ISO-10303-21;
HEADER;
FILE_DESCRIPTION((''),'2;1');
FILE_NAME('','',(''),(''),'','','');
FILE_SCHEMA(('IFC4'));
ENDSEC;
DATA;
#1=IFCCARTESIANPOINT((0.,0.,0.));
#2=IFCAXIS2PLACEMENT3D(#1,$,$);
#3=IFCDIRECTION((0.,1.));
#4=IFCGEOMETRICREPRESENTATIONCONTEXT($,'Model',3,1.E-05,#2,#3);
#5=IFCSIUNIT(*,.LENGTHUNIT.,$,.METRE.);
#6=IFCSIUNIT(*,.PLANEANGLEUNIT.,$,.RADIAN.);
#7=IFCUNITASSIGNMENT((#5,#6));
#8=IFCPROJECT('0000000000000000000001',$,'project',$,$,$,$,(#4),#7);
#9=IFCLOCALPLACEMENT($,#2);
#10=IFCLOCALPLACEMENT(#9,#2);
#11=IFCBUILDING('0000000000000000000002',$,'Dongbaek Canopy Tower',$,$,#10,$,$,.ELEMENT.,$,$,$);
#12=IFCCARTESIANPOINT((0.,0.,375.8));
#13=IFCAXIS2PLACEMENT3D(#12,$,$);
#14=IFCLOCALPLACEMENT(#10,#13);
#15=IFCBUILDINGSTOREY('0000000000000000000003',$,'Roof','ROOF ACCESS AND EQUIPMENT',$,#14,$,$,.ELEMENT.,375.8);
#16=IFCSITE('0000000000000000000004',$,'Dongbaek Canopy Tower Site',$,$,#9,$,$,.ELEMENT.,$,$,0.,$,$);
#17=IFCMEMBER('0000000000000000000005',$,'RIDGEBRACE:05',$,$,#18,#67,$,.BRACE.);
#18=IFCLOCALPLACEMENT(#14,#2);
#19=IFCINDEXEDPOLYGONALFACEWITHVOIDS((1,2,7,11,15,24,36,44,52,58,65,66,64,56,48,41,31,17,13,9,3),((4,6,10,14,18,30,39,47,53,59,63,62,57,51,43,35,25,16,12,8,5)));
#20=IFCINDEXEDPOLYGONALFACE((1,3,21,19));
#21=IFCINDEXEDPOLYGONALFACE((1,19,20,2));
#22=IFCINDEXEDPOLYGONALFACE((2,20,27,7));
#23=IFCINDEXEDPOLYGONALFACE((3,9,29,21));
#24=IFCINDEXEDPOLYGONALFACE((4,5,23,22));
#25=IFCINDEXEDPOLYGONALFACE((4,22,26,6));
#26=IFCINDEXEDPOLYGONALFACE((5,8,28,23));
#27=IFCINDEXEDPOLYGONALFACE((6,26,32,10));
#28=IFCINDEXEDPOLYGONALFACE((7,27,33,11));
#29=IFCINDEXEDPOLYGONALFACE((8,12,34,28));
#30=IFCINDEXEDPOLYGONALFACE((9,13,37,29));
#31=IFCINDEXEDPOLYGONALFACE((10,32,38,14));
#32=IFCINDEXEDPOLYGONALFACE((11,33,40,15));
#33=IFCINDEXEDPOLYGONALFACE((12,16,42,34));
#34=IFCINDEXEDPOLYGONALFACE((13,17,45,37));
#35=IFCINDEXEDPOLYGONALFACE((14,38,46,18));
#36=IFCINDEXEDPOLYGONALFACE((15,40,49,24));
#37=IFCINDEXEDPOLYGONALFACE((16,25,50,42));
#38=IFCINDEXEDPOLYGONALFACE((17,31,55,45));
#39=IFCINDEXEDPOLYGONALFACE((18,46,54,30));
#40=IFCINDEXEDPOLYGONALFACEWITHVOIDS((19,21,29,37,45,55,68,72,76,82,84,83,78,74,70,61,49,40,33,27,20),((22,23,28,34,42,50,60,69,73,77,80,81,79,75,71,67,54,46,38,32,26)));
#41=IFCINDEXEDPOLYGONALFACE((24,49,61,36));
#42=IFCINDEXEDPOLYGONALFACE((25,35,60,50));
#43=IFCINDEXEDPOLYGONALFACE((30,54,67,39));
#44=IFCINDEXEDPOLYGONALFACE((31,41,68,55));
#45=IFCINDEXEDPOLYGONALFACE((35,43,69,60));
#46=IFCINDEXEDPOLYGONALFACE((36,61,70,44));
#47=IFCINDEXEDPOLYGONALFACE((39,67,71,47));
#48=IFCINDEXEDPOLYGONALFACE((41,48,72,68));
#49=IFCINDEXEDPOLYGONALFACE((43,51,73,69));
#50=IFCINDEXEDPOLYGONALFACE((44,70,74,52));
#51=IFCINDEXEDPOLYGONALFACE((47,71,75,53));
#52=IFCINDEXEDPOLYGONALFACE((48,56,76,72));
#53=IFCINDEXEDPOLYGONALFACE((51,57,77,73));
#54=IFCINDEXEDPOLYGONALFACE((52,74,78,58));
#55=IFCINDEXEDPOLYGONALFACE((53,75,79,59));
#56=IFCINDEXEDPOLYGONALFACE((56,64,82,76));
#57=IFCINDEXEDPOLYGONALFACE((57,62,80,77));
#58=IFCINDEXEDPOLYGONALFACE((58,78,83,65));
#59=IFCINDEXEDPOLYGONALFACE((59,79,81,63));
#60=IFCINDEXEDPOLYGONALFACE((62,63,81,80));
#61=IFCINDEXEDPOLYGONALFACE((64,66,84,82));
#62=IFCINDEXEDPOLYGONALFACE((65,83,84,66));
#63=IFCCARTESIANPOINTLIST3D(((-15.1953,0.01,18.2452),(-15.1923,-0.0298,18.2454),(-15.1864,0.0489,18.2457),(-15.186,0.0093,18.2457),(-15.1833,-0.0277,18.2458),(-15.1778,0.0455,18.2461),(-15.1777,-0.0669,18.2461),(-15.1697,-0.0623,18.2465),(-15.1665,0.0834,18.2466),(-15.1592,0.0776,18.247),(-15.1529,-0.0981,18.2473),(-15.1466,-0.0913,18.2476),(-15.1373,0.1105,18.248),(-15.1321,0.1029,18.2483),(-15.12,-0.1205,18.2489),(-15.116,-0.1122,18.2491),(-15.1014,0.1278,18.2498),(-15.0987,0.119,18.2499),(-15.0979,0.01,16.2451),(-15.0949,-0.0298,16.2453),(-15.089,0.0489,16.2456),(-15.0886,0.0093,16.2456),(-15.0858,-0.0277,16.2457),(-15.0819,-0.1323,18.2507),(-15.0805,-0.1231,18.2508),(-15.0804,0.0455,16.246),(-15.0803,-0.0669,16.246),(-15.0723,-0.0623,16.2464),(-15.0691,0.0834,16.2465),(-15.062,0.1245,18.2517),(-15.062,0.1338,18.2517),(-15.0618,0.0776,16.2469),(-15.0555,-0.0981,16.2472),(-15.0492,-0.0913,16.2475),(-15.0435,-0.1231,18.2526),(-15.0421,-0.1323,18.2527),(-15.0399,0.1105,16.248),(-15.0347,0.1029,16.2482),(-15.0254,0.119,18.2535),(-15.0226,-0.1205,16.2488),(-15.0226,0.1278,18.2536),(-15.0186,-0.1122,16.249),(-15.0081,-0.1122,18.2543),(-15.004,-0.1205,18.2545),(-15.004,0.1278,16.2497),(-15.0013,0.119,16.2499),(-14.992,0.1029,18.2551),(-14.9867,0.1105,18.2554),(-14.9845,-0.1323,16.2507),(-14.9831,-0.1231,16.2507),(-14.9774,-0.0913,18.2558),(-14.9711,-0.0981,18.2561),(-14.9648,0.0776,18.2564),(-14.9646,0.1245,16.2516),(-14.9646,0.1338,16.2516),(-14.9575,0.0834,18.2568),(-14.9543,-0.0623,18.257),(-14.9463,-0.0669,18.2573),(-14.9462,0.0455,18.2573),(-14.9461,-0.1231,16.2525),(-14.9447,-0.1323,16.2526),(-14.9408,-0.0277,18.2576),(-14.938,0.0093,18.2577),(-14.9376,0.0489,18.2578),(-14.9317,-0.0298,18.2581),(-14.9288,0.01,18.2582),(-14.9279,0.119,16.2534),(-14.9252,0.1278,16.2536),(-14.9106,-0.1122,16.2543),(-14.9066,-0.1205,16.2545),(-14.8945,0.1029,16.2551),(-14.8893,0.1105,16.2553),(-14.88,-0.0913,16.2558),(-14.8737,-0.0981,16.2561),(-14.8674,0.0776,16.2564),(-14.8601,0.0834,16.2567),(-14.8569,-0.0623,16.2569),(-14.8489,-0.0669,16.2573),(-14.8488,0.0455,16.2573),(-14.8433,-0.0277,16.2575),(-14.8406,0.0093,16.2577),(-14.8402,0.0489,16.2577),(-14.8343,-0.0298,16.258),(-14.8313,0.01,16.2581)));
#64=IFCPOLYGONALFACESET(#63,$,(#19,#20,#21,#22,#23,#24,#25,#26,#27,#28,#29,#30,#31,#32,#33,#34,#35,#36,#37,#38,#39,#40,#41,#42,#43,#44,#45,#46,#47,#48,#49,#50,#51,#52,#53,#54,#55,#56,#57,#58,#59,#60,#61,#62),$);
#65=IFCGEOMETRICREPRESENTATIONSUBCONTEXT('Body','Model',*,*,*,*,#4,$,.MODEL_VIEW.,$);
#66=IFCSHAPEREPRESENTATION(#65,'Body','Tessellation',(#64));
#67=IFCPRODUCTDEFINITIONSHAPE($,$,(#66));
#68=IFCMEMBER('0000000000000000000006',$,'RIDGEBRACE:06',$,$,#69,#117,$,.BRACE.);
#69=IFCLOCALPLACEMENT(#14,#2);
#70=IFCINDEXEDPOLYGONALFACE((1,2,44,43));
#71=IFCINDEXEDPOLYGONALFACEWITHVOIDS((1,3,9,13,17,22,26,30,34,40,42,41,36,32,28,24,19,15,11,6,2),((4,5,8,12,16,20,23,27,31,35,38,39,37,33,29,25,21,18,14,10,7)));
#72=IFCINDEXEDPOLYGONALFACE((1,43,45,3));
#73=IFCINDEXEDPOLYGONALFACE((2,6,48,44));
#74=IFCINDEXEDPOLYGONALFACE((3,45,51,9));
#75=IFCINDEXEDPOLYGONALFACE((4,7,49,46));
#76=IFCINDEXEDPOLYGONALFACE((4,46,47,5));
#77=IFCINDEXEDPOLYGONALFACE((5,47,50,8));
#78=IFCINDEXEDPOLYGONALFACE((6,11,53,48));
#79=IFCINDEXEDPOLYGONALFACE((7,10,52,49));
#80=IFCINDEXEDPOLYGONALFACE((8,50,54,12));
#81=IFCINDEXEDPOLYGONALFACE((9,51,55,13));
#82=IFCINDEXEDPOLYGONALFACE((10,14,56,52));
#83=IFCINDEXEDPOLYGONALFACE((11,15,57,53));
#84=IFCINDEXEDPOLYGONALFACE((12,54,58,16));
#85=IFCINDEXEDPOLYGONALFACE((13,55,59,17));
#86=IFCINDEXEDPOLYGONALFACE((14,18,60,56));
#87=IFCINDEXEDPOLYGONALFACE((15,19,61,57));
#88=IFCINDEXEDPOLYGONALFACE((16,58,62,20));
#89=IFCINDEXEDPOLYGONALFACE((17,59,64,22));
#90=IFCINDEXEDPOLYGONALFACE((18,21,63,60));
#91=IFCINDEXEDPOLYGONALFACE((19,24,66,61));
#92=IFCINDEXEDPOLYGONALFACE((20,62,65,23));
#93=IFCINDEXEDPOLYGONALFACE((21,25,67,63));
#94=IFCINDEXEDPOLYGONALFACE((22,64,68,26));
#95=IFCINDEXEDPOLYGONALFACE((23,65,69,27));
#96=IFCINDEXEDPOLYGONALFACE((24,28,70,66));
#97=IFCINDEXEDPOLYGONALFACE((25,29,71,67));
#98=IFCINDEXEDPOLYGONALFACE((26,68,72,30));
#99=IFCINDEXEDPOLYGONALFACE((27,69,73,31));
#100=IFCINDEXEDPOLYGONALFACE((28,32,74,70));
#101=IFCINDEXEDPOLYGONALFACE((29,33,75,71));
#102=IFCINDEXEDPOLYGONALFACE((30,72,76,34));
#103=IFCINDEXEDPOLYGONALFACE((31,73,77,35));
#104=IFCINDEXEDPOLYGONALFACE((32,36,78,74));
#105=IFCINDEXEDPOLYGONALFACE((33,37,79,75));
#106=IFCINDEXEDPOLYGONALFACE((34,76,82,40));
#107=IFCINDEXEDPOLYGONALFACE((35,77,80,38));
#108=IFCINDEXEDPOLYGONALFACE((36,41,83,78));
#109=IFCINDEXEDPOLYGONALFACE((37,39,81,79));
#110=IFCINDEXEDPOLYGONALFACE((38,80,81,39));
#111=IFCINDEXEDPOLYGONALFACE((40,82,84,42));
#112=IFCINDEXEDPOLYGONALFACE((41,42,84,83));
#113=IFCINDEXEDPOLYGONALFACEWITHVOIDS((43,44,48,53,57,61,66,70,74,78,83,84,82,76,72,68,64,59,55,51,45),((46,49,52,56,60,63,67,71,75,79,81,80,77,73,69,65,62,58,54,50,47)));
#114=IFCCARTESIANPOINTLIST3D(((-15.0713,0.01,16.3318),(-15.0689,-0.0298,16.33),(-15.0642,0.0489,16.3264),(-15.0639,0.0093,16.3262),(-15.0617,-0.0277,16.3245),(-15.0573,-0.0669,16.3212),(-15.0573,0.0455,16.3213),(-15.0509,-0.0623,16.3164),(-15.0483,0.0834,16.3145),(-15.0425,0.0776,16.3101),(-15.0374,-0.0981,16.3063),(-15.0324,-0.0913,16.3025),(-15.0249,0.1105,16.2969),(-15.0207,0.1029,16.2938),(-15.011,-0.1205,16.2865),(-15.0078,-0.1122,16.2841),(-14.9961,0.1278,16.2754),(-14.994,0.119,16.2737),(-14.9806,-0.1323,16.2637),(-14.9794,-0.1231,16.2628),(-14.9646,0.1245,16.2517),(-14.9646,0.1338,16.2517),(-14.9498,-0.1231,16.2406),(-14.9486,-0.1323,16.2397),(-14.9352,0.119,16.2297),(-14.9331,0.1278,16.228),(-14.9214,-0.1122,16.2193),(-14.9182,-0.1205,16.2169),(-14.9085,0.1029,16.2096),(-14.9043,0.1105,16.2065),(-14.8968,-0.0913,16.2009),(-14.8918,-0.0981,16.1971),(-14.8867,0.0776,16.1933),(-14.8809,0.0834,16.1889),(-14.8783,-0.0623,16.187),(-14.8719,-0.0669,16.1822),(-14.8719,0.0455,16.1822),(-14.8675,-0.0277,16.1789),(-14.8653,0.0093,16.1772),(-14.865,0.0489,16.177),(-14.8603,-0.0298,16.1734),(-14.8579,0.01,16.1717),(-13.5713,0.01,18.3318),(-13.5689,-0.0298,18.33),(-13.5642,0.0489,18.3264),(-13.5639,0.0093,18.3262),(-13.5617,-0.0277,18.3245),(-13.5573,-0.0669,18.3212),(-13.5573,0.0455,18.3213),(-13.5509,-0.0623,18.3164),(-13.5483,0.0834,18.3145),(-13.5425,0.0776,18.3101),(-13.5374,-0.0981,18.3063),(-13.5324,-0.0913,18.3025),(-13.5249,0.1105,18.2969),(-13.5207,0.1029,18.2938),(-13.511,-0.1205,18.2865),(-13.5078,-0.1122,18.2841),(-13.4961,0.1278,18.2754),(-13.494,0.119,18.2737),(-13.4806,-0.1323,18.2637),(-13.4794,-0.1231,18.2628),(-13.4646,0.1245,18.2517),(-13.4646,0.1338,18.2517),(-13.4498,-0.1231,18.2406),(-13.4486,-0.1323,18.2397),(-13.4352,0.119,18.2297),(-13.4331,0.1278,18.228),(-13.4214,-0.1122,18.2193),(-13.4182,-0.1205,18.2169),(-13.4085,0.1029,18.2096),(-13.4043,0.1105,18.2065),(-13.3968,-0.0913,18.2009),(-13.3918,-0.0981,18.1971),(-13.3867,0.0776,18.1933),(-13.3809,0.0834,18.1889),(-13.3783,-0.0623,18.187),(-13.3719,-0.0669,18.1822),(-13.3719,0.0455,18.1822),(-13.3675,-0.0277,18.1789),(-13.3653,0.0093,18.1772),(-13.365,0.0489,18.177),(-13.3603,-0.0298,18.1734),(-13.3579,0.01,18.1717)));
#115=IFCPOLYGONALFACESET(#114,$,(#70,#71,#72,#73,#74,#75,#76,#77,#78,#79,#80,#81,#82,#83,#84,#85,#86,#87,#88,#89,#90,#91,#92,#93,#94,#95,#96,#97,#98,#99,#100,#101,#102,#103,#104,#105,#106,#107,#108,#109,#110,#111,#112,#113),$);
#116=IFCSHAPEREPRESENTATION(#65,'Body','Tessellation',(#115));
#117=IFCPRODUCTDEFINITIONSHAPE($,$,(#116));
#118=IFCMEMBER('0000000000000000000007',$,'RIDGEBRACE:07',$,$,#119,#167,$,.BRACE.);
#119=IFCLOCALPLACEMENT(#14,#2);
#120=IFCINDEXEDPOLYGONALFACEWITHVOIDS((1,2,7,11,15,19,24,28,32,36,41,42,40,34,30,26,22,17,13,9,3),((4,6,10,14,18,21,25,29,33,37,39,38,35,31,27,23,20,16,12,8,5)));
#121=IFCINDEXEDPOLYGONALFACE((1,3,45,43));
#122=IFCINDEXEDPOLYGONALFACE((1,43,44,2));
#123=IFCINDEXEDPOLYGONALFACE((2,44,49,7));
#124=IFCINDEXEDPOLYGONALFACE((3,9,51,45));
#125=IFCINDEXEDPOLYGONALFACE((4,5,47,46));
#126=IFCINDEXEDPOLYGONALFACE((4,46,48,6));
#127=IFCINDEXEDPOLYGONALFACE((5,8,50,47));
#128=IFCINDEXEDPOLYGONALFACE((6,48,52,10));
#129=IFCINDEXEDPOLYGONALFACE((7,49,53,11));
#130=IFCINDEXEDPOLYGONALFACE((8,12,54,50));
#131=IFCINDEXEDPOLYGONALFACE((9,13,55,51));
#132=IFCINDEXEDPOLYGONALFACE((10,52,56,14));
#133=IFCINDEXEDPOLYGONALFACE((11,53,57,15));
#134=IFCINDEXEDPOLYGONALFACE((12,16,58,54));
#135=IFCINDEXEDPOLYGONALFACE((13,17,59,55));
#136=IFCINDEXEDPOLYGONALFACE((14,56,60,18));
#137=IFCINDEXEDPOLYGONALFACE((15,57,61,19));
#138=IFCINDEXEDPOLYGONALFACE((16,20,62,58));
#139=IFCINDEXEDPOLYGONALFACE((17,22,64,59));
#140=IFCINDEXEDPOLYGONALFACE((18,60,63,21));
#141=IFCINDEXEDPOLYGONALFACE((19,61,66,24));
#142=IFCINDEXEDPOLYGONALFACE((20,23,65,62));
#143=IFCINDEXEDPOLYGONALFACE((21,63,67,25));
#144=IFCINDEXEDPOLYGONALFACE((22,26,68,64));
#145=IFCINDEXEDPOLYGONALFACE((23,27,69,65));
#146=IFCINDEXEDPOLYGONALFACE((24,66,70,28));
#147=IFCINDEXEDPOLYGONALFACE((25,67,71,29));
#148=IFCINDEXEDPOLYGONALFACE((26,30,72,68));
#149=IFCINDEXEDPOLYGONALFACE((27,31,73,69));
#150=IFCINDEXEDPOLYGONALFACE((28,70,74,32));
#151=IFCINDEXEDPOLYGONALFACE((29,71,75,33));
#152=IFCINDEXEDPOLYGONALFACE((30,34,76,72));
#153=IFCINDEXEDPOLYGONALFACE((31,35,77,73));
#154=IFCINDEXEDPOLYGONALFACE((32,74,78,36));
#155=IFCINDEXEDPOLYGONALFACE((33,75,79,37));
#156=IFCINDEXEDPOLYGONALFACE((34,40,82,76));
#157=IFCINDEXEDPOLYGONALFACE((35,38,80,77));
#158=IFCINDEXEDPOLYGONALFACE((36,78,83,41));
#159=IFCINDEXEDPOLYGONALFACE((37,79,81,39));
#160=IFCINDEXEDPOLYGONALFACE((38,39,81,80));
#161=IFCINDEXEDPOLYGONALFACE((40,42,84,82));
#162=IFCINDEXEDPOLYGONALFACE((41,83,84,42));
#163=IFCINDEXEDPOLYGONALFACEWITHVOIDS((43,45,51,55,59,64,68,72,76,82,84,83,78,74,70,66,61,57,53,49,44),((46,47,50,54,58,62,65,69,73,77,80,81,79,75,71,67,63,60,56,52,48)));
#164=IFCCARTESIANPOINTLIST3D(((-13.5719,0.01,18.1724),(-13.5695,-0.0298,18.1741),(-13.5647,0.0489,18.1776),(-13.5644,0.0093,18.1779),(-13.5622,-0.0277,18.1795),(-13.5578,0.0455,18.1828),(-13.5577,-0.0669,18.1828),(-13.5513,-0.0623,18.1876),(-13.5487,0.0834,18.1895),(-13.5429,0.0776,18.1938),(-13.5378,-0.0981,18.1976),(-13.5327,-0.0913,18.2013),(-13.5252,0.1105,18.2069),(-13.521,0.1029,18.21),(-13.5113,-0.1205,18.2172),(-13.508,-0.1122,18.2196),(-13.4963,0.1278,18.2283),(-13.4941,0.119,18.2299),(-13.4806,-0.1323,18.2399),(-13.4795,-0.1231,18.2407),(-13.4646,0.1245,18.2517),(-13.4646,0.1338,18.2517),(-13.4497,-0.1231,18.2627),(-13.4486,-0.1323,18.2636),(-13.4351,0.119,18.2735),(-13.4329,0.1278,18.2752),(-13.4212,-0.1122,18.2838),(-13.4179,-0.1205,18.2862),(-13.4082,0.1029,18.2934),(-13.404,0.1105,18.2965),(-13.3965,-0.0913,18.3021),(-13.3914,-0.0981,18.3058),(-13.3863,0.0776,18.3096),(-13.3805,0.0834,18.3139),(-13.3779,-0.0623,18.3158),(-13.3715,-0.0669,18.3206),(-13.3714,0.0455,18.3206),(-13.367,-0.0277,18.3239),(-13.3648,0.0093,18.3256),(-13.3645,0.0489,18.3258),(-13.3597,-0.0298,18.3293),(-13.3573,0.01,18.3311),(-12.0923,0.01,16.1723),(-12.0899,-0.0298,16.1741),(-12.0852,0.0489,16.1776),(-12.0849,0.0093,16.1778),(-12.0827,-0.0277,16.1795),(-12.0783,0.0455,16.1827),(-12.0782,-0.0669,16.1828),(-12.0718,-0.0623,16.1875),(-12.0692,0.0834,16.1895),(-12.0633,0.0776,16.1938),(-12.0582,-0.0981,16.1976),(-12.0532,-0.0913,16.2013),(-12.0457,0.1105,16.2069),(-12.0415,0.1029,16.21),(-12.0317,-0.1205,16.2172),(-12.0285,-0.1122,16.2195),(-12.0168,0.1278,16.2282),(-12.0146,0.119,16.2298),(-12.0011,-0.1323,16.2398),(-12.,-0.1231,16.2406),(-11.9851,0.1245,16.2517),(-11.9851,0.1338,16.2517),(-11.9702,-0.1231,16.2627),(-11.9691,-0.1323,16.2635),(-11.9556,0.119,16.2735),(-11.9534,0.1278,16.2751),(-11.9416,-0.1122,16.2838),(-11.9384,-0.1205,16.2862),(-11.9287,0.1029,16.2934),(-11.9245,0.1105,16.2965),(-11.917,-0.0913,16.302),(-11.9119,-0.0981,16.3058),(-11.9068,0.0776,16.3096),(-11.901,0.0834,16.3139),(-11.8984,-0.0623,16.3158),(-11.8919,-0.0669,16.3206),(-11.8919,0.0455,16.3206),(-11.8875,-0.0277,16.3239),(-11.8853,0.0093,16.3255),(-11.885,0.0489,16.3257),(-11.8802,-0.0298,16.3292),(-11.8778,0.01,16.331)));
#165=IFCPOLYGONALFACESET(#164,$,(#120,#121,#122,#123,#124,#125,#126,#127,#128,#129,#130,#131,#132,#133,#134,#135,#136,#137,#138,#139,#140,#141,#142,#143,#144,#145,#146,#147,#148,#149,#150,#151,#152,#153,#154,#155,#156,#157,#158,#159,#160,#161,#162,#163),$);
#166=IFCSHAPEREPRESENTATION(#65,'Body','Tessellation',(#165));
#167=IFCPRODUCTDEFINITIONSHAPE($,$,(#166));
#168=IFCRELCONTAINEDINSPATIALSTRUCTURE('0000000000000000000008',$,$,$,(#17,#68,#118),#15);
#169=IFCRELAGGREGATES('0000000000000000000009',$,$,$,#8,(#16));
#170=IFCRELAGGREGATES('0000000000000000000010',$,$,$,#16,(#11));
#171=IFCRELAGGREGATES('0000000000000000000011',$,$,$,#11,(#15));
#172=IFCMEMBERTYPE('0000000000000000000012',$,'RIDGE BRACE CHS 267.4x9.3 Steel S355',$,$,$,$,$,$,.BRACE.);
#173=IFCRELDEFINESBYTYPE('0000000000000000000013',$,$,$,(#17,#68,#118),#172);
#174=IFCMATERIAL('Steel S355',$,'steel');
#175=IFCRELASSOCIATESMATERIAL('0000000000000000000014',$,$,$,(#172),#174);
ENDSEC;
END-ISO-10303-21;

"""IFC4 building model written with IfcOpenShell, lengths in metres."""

from ifc_helpers import new_model, si_unit, direction, frame, origin, origin_2d, place, context, subcontext, project, spatial, hollow_circle, extrude, material, material_profile, profile_set, type_object, element, save


model = new_model("IFC4")

# Units and contexts
model_context = context("Model", 3, precision=1e-05, world=origin(), true_north=direction((0.0, 1.0)))
body_context = subcontext(model_context, "Body", "Model", "MODEL_VIEW")
ifc_project = project(units=[si_unit("LENGTHUNIT", "METRE"), si_unit("PLANEANGLEUNIT", "RADIAN")], contexts=[model_context])

# Site, building, storey
site_placement = place(None, origin())
site = spatial("IfcSite", under=ifc_project, at=site_placement, Name="Dongbaek Canopy Tower Site", CompositionType="ELEMENT", RefElevation=0.0)
building_placement = place(site_placement, origin())
building = spatial("IfcBuilding", under=site, at=building_placement, Name="Dongbaek Canopy Tower", CompositionType="ELEMENT")
storey_placement = place(building_placement, frame((0.0, 0.0, 375.8)))
storey = spatial("IfcBuildingStorey", under=building, at=storey_placement, Name="Roof", Description="ROOF ACCESS AND EQUIPMENT", CompositionType="ELEMENT", Elevation=375.8)

# Members
ifc_material_1 = material(Name="Steel S355", Category="steel")
ifc_material_profile_1 = material_profile(ifc_material_1, hollow_circle(Radius=0.1338, WallThickness=0.0093, at=origin_2d()), Name="RIDGE BRACE CHS 267.4x9.3 Steel S355")
ifc_profile_set_1 = profile_set([ifc_material_profile_1], Name="Steel S355")
member_type_1 = type_object("IfcMemberType", Name="RIDGE BRACE CHS 267.4x9.3 Steel S355", PredefinedType="BRACE", material=ifc_profile_set_1)
member_1_placement = place(storey_placement, frame((-15.062, 0.0, 18.2517), z_axis=(0.048648, 0.0, -0.998816), x_axis=(0.0, 1.0, 0.0)))
element("IfcMember", 1, at=member_1_placement, inside=storey, type_object=member_type_1, Name="RIDGEBRACE:05", PredefinedType="BRACE", context=body_context, shape_type="SweptSolid", body=[
    extrude(hollow_circle(Radius=0.1338, WallThickness=0.0093, at=origin_2d()), origin(), (0.0, 0.0, 1.0), 2.0024),
])
member_2_placement = place(storey_placement, frame((-14.9646, 0.0, 16.2517), z_axis=(0.6, 0.0, 0.8), x_axis=(0.0, 1.0, 0.0)))
element("IfcMember", 2, at=member_2_placement, inside=storey, type_object=member_type_1, Name="RIDGEBRACE:06", PredefinedType="BRACE", context=body_context, shape_type="SweptSolid", body=[
    extrude(hollow_circle(Radius=0.1338, WallThickness=0.0093, at=origin_2d()), origin(), (0.0, 0.0, 1.0), 2.5),
])
member_3_placement = place(storey_placement, frame((-13.4646, 0.0, 18.2517), z_axis=(0.594711, 0.0, -0.803939), x_axis=(0.0, 1.0, 0.0)))
element("IfcMember", 3, at=member_3_placement, inside=storey, type_object=member_type_1, Name="RIDGEBRACE:07", PredefinedType="BRACE", context=body_context, shape_type="SweptSolid", body=[
    extrude(hollow_circle(Radius=0.1338, WallThickness=0.0093, at=origin_2d()), origin(), (0.0, 0.0, 1.0), 2.4878),
])

save(model, "model.ifc")
